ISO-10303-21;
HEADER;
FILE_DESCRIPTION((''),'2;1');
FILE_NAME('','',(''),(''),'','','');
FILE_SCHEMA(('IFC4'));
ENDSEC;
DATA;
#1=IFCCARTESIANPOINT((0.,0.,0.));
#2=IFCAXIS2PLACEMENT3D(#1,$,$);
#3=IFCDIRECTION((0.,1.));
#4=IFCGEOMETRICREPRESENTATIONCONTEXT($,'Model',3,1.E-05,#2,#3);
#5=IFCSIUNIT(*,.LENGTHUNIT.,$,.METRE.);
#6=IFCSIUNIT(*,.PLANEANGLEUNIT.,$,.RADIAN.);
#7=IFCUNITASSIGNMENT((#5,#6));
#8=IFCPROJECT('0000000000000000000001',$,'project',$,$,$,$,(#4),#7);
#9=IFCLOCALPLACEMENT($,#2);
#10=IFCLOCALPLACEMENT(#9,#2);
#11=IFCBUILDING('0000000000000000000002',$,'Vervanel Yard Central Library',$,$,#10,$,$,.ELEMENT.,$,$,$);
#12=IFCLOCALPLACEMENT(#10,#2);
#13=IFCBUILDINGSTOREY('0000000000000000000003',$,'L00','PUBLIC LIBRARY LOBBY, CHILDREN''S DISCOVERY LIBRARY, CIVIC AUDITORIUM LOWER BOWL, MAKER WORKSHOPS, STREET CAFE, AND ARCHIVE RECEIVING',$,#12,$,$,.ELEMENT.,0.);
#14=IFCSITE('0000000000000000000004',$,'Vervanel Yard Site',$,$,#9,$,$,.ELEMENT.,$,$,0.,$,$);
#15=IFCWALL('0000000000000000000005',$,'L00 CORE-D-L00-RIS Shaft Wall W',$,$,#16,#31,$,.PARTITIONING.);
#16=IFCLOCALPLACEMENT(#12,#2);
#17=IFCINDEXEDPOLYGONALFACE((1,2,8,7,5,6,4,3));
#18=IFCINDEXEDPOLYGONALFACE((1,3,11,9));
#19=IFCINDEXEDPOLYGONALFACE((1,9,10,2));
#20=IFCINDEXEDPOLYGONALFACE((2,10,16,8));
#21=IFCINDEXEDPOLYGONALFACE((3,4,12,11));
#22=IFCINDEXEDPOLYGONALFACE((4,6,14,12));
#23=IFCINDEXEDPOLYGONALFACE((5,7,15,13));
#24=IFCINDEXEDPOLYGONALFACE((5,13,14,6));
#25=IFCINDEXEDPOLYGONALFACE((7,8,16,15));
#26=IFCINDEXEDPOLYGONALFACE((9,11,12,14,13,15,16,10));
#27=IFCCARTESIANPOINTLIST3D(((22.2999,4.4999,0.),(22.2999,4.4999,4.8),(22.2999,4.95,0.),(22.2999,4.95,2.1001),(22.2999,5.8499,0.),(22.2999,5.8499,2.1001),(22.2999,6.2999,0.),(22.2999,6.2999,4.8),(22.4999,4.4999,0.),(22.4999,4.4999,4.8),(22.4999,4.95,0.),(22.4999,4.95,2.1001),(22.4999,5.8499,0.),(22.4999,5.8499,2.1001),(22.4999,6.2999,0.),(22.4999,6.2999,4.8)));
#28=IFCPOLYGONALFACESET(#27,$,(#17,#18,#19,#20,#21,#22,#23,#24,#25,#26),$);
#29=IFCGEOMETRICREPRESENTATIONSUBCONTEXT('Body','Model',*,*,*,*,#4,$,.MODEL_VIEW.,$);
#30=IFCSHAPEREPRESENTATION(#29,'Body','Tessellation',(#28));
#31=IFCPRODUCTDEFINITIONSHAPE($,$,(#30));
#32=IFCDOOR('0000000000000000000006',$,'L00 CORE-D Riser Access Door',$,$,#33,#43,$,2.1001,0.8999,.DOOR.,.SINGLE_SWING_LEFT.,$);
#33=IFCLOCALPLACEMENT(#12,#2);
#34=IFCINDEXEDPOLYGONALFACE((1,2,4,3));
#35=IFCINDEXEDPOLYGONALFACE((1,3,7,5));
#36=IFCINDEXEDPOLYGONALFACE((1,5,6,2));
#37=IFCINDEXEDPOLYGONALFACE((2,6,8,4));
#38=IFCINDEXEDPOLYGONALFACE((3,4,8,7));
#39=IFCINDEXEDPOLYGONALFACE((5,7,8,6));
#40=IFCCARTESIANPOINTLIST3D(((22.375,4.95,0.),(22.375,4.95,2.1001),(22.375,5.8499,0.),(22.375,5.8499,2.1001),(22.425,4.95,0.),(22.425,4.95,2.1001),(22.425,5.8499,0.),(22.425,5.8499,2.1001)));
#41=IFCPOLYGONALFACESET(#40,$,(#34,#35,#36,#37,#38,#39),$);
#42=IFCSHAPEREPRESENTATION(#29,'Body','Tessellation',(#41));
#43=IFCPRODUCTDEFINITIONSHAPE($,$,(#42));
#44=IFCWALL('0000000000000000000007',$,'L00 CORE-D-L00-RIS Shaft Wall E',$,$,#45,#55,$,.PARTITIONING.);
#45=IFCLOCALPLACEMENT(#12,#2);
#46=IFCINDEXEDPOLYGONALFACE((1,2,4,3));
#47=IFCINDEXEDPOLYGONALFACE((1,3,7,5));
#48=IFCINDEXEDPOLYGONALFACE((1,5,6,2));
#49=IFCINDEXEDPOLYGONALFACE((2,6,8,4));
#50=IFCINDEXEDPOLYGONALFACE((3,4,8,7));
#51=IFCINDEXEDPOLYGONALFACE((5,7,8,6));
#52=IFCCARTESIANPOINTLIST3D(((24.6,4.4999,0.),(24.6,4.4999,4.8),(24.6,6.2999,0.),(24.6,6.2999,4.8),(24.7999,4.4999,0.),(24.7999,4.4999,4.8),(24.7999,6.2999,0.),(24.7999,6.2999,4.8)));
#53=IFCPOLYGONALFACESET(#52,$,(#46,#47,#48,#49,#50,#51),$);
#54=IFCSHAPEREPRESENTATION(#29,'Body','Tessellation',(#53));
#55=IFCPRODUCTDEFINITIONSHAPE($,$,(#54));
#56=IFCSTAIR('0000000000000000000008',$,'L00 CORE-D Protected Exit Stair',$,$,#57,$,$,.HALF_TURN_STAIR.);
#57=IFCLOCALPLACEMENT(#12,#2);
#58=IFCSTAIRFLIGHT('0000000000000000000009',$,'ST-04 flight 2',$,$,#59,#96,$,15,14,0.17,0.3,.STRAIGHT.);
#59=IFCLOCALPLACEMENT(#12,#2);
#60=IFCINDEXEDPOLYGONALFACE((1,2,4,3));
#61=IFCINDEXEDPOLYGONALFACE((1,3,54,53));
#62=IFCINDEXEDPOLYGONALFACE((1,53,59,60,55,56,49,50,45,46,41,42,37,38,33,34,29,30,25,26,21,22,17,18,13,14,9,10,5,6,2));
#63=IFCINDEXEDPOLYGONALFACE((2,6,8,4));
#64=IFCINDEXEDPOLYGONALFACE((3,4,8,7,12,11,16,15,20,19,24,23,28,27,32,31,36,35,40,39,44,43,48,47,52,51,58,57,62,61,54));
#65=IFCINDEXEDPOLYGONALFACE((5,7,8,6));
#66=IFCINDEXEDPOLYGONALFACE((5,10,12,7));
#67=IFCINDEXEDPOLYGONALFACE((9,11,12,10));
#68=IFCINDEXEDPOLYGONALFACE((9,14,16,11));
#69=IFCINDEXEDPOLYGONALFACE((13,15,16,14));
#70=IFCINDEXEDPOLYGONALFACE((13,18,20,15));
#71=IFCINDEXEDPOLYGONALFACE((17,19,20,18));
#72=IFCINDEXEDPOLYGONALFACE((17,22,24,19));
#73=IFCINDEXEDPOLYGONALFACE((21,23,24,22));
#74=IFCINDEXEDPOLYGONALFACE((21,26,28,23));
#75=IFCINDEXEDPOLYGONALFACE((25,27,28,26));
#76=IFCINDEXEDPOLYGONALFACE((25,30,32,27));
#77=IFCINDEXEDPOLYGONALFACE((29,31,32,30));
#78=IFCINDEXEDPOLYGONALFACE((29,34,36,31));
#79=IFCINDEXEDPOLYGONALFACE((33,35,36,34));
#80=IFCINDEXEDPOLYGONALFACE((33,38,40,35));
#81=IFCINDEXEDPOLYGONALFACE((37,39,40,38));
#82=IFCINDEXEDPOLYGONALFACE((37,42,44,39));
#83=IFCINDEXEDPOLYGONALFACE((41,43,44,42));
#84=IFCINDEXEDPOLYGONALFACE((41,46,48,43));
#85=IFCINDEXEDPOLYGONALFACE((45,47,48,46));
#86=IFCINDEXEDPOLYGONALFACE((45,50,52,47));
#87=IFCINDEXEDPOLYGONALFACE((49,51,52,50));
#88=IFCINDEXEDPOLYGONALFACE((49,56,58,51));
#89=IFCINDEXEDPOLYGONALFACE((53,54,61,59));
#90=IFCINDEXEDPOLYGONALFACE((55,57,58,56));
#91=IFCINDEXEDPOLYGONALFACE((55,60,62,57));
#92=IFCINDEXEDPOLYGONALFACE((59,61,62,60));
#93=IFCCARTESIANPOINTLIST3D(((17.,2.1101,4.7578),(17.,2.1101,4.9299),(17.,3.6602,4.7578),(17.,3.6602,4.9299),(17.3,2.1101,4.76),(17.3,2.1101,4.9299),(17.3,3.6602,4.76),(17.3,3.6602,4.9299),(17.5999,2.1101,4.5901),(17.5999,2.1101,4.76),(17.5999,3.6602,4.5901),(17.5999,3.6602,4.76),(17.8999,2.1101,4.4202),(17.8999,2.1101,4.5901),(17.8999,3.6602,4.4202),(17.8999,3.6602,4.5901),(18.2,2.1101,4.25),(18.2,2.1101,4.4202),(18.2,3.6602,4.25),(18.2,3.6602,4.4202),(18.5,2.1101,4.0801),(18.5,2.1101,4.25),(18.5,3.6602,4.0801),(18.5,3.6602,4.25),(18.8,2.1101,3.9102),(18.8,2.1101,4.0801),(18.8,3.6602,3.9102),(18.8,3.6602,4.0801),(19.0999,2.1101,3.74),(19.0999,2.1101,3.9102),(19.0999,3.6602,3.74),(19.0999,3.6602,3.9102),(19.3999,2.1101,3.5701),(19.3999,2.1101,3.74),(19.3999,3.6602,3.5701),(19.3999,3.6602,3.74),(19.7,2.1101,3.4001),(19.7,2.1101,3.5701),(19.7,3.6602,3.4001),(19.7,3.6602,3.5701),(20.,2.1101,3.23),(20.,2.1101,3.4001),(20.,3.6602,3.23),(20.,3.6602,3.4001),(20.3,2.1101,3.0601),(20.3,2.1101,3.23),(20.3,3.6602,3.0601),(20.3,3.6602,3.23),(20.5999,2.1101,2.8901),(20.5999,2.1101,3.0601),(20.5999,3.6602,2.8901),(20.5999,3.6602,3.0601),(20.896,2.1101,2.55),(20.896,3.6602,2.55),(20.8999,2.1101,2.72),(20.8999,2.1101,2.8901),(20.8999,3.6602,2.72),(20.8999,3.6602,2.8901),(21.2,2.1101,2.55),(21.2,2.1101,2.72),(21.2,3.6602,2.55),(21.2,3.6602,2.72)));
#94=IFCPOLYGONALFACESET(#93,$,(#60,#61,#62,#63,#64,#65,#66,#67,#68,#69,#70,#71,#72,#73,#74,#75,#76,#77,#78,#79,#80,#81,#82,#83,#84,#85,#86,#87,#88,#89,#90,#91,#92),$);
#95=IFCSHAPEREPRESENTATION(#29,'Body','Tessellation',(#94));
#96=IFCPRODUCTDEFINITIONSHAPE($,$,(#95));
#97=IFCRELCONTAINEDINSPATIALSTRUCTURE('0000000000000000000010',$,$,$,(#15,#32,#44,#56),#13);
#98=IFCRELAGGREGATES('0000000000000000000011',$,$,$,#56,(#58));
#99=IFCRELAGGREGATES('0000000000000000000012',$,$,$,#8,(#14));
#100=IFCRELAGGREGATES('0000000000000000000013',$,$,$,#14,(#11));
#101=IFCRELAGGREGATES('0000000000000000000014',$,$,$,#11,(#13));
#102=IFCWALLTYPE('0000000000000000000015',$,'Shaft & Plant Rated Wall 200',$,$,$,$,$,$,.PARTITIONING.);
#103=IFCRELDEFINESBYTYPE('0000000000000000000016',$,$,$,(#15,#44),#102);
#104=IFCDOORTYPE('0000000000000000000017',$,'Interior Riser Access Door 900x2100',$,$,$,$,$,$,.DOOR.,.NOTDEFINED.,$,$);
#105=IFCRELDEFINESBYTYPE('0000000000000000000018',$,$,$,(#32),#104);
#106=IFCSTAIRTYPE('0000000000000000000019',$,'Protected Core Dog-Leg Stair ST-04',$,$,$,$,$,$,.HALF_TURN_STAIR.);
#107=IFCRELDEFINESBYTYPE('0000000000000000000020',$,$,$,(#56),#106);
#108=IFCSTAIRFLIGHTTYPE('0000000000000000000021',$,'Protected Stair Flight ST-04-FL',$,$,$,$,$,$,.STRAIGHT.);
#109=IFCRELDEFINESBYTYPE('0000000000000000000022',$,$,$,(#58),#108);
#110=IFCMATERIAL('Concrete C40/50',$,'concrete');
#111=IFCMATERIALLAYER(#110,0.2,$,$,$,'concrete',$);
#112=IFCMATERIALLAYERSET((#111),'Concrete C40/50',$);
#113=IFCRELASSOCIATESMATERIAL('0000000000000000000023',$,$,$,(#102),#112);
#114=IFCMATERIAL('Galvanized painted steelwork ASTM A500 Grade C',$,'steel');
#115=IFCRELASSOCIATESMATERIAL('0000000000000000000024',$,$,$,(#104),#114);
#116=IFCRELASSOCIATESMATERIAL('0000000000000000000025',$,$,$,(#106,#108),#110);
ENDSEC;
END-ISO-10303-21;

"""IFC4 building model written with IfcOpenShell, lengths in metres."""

from ifc_helpers import new_model, si_unit, direction, frame, frame_2d, origin, place, context, subcontext, project, spatial, polyline, rectangle, outline, extrude, material, layer, layer_set, type_object, element, fill, aggregate, save


model = new_model("IFC4")

# Units and contexts
model_context = context("Model", 3, precision=1e-05, world=origin(), true_north=direction((0.0, 1.0)))
body_context = subcontext(model_context, "Body", "Model", "MODEL_VIEW")
ifc_project = project(units=[si_unit("LENGTHUNIT", "METRE"), si_unit("PLANEANGLEUNIT", "RADIAN")], contexts=[model_context])

# Site, building, storey
site_placement = place(None, origin())
site = spatial("IfcSite", under=ifc_project, at=site_placement, Name="Vervanel Yard Site", CompositionType="ELEMENT", RefElevation=0.0)
building_placement = place(site_placement, origin())
building = spatial("IfcBuilding", under=site, at=building_placement, Name="Vervanel Yard Central Library", CompositionType="ELEMENT")
storey_placement = place(building_placement, origin())
storey = spatial("IfcBuildingStorey", under=building, at=storey_placement, Name="L00", Description="PUBLIC LIBRARY LOBBY, CHILDREN'S DISCOVERY LIBRARY, CIVIC AUDITORIUM LOWER BOWL, MAKER WORKSHOPS, STREET CAFE, AND ARCHIVE RECEIVING", CompositionType="ELEMENT", Elevation=0.0)

# Shared definitions
ifc_material_1 = material(Name="Concrete C40/50", Category="concrete")

# Shared definitions
ifc_layer_1 = layer(ifc_material_1, 0.2, Category="concrete")
ifc_layer_set_1 = layer_set([ifc_layer_1], Name="Concrete C40/50")
wall_type_1 = type_object("IfcWallType", Name="Shaft & Plant Rated Wall 200", PredefinedType="PARTITIONING", material=ifc_layer_set_1)

# Wall, opening, door
wall_1_placement = place(storey_placement, frame((22.3999, 4.5, 0.0), z_axis=(0.0, 0.0, 1.0), x_axis=(0.0, 1.0, 0.0)))
wall_1 = element("IfcWall", 1, at=wall_1_placement, inside=storey, type_object=wall_type_1, Name="L00 CORE-D-L00-RIS Shaft Wall W", PredefinedType="PARTITIONING", context=body_context, shape_type="SweptSolid", body=[
    extrude(rectangle(XDim=1.8, YDim=0.2, at=frame_2d((0.8999, 0.0))), origin(), (0.0, 0.0, 1.0), 4.8),
])
opening_1_placement = place(wall_1_placement, frame((0.45, 0.0, 0.0)))
opening_1 = element("IfcOpeningElement", 2, at=opening_1_placement, cuts=wall_1, PredefinedType="OPENING", context=body_context, shape_type="SweptSolid", body=[
    extrude(rectangle(XDim=0.8999, YDim=2.1001, at=frame_2d((0.45, 1.05))), frame((0.0, 0.1099, 0.0), z_axis=(0.0, -1.0, 0.0), x_axis=(1.0, 0.0, 0.0)), (0.0, 0.0, 1.0), 0.22),
])
ifc_material_2 = material(Name="Galvanized painted steelwork ASTM A500 Grade C", Category="steel")
door_type_1 = type_object("IfcDoorType", Name="Interior Riser Access Door 900x2100", OperationType="NOTDEFINED", PredefinedType="DOOR", material=ifc_material_2)
door_1_placement = place(opening_1_placement, origin())
door_1 = element("IfcDoor", 3, at=door_1_placement, inside=storey, type_object=door_type_1, Name="L00 CORE-D Riser Access Door", OperationType="SINGLE_SWING_LEFT", OverallHeight=2.1001, OverallWidth=0.8999, PredefinedType="DOOR", context=body_context, shape_type="SweptSolid", body=[
    extrude(rectangle(XDim=0.8999, YDim=2.1001, at=frame_2d((0.45, 1.05))), frame((0.0, 0.0249, 0.0), z_axis=(0.0, -1.0, 0.0), x_axis=(1.0, 0.0, 0.0)), (0.0, 0.0, 1.0), 0.05),
])
fill(opening_1, door_1)

# Wall
wall_2_placement = place(storey_placement, frame((24.7, 4.5, 0.0), z_axis=(0.0, 0.0, 1.0), x_axis=(0.0, 1.0, 0.0)))
element("IfcWall", 4, at=wall_2_placement, inside=storey, type_object=wall_type_1, Name="L00 CORE-D-L00-RIS Shaft Wall E", PredefinedType="PARTITIONING", context=body_context, shape_type="SweptSolid", body=[
    extrude(rectangle(XDim=1.8, YDim=0.2, at=frame_2d((0.8999, 0.0))), origin(), (0.0, 0.0, 1.0), 4.8),
])

# Stair, stair flight
stair_type = type_object("IfcStairType", Name="Protected Core Dog-Leg Stair ST-04", PredefinedType="HALF_TURN_STAIR", material=ifc_material_1)
stair_placement = place(storey_placement, origin())
stair = element("IfcStair", 5, at=stair_placement, inside=storey, type_object=stair_type, Name="L00 CORE-D Protected Exit Stair", PredefinedType="HALF_TURN_STAIR")
stair_flight_type = type_object("IfcStairFlightType", Name="Protected Stair Flight ST-04-FL", PredefinedType="STRAIGHT", material=ifc_material_1)
stair_flight_placement = place(storey_placement, frame((21.2, 2.885, 2.55), z_axis=(0.0, 0.0, 1.0), x_axis=(-1.0, 0.0, 0.0)))
stair_flight = element("IfcStairFlight", 6, at=stair_flight_placement, type_object=stair_flight_type, Name="ST-04 flight 2", NumberOfRisers=15, NumberOfTreads=14, PredefinedType="STRAIGHT", RiserHeight=0.17, TreadLength=0.3, context=body_context, shape_type="SweptSolid", body=[
    extrude(outline(polyline([(0.0, 0.0), (0.0, 0.1699), (0.3, 0.1699), (0.3, 0.3401), (0.6001, 0.3401), (0.6001, 0.51), (0.8999, 0.51), (0.8999, 0.6799), (1.2, 0.6799), (1.2, 0.8501), (1.5, 0.8501), (1.5, 1.02), (1.8, 1.02), (1.8, 1.1899), (2.1001, 1.1899), (2.1001, 1.3601), (2.3999, 1.3601), (2.3999, 1.53), (2.7, 1.53), (2.7, 1.7), (3.0, 1.7), (3.0, 1.8701), (3.3, 1.8701), (3.3, 2.04), (3.6001, 2.04), (3.6001, 2.21), (3.8999, 2.21), (3.8999, 2.3799), (4.2, 2.3799), (4.2, 2.55), (4.2, 2.2078), (0.304, 0.0), (0.0, 0.0)])), frame((0.0, 0.7749, 0.0), z_axis=(0.0, -1.0, 0.0), x_axis=(1.0, 0.0, 0.0)), (0.0, 0.0, 1.0), 1.55),
])
aggregate(stair, [stair_flight])

save(model, "model.ifc")
